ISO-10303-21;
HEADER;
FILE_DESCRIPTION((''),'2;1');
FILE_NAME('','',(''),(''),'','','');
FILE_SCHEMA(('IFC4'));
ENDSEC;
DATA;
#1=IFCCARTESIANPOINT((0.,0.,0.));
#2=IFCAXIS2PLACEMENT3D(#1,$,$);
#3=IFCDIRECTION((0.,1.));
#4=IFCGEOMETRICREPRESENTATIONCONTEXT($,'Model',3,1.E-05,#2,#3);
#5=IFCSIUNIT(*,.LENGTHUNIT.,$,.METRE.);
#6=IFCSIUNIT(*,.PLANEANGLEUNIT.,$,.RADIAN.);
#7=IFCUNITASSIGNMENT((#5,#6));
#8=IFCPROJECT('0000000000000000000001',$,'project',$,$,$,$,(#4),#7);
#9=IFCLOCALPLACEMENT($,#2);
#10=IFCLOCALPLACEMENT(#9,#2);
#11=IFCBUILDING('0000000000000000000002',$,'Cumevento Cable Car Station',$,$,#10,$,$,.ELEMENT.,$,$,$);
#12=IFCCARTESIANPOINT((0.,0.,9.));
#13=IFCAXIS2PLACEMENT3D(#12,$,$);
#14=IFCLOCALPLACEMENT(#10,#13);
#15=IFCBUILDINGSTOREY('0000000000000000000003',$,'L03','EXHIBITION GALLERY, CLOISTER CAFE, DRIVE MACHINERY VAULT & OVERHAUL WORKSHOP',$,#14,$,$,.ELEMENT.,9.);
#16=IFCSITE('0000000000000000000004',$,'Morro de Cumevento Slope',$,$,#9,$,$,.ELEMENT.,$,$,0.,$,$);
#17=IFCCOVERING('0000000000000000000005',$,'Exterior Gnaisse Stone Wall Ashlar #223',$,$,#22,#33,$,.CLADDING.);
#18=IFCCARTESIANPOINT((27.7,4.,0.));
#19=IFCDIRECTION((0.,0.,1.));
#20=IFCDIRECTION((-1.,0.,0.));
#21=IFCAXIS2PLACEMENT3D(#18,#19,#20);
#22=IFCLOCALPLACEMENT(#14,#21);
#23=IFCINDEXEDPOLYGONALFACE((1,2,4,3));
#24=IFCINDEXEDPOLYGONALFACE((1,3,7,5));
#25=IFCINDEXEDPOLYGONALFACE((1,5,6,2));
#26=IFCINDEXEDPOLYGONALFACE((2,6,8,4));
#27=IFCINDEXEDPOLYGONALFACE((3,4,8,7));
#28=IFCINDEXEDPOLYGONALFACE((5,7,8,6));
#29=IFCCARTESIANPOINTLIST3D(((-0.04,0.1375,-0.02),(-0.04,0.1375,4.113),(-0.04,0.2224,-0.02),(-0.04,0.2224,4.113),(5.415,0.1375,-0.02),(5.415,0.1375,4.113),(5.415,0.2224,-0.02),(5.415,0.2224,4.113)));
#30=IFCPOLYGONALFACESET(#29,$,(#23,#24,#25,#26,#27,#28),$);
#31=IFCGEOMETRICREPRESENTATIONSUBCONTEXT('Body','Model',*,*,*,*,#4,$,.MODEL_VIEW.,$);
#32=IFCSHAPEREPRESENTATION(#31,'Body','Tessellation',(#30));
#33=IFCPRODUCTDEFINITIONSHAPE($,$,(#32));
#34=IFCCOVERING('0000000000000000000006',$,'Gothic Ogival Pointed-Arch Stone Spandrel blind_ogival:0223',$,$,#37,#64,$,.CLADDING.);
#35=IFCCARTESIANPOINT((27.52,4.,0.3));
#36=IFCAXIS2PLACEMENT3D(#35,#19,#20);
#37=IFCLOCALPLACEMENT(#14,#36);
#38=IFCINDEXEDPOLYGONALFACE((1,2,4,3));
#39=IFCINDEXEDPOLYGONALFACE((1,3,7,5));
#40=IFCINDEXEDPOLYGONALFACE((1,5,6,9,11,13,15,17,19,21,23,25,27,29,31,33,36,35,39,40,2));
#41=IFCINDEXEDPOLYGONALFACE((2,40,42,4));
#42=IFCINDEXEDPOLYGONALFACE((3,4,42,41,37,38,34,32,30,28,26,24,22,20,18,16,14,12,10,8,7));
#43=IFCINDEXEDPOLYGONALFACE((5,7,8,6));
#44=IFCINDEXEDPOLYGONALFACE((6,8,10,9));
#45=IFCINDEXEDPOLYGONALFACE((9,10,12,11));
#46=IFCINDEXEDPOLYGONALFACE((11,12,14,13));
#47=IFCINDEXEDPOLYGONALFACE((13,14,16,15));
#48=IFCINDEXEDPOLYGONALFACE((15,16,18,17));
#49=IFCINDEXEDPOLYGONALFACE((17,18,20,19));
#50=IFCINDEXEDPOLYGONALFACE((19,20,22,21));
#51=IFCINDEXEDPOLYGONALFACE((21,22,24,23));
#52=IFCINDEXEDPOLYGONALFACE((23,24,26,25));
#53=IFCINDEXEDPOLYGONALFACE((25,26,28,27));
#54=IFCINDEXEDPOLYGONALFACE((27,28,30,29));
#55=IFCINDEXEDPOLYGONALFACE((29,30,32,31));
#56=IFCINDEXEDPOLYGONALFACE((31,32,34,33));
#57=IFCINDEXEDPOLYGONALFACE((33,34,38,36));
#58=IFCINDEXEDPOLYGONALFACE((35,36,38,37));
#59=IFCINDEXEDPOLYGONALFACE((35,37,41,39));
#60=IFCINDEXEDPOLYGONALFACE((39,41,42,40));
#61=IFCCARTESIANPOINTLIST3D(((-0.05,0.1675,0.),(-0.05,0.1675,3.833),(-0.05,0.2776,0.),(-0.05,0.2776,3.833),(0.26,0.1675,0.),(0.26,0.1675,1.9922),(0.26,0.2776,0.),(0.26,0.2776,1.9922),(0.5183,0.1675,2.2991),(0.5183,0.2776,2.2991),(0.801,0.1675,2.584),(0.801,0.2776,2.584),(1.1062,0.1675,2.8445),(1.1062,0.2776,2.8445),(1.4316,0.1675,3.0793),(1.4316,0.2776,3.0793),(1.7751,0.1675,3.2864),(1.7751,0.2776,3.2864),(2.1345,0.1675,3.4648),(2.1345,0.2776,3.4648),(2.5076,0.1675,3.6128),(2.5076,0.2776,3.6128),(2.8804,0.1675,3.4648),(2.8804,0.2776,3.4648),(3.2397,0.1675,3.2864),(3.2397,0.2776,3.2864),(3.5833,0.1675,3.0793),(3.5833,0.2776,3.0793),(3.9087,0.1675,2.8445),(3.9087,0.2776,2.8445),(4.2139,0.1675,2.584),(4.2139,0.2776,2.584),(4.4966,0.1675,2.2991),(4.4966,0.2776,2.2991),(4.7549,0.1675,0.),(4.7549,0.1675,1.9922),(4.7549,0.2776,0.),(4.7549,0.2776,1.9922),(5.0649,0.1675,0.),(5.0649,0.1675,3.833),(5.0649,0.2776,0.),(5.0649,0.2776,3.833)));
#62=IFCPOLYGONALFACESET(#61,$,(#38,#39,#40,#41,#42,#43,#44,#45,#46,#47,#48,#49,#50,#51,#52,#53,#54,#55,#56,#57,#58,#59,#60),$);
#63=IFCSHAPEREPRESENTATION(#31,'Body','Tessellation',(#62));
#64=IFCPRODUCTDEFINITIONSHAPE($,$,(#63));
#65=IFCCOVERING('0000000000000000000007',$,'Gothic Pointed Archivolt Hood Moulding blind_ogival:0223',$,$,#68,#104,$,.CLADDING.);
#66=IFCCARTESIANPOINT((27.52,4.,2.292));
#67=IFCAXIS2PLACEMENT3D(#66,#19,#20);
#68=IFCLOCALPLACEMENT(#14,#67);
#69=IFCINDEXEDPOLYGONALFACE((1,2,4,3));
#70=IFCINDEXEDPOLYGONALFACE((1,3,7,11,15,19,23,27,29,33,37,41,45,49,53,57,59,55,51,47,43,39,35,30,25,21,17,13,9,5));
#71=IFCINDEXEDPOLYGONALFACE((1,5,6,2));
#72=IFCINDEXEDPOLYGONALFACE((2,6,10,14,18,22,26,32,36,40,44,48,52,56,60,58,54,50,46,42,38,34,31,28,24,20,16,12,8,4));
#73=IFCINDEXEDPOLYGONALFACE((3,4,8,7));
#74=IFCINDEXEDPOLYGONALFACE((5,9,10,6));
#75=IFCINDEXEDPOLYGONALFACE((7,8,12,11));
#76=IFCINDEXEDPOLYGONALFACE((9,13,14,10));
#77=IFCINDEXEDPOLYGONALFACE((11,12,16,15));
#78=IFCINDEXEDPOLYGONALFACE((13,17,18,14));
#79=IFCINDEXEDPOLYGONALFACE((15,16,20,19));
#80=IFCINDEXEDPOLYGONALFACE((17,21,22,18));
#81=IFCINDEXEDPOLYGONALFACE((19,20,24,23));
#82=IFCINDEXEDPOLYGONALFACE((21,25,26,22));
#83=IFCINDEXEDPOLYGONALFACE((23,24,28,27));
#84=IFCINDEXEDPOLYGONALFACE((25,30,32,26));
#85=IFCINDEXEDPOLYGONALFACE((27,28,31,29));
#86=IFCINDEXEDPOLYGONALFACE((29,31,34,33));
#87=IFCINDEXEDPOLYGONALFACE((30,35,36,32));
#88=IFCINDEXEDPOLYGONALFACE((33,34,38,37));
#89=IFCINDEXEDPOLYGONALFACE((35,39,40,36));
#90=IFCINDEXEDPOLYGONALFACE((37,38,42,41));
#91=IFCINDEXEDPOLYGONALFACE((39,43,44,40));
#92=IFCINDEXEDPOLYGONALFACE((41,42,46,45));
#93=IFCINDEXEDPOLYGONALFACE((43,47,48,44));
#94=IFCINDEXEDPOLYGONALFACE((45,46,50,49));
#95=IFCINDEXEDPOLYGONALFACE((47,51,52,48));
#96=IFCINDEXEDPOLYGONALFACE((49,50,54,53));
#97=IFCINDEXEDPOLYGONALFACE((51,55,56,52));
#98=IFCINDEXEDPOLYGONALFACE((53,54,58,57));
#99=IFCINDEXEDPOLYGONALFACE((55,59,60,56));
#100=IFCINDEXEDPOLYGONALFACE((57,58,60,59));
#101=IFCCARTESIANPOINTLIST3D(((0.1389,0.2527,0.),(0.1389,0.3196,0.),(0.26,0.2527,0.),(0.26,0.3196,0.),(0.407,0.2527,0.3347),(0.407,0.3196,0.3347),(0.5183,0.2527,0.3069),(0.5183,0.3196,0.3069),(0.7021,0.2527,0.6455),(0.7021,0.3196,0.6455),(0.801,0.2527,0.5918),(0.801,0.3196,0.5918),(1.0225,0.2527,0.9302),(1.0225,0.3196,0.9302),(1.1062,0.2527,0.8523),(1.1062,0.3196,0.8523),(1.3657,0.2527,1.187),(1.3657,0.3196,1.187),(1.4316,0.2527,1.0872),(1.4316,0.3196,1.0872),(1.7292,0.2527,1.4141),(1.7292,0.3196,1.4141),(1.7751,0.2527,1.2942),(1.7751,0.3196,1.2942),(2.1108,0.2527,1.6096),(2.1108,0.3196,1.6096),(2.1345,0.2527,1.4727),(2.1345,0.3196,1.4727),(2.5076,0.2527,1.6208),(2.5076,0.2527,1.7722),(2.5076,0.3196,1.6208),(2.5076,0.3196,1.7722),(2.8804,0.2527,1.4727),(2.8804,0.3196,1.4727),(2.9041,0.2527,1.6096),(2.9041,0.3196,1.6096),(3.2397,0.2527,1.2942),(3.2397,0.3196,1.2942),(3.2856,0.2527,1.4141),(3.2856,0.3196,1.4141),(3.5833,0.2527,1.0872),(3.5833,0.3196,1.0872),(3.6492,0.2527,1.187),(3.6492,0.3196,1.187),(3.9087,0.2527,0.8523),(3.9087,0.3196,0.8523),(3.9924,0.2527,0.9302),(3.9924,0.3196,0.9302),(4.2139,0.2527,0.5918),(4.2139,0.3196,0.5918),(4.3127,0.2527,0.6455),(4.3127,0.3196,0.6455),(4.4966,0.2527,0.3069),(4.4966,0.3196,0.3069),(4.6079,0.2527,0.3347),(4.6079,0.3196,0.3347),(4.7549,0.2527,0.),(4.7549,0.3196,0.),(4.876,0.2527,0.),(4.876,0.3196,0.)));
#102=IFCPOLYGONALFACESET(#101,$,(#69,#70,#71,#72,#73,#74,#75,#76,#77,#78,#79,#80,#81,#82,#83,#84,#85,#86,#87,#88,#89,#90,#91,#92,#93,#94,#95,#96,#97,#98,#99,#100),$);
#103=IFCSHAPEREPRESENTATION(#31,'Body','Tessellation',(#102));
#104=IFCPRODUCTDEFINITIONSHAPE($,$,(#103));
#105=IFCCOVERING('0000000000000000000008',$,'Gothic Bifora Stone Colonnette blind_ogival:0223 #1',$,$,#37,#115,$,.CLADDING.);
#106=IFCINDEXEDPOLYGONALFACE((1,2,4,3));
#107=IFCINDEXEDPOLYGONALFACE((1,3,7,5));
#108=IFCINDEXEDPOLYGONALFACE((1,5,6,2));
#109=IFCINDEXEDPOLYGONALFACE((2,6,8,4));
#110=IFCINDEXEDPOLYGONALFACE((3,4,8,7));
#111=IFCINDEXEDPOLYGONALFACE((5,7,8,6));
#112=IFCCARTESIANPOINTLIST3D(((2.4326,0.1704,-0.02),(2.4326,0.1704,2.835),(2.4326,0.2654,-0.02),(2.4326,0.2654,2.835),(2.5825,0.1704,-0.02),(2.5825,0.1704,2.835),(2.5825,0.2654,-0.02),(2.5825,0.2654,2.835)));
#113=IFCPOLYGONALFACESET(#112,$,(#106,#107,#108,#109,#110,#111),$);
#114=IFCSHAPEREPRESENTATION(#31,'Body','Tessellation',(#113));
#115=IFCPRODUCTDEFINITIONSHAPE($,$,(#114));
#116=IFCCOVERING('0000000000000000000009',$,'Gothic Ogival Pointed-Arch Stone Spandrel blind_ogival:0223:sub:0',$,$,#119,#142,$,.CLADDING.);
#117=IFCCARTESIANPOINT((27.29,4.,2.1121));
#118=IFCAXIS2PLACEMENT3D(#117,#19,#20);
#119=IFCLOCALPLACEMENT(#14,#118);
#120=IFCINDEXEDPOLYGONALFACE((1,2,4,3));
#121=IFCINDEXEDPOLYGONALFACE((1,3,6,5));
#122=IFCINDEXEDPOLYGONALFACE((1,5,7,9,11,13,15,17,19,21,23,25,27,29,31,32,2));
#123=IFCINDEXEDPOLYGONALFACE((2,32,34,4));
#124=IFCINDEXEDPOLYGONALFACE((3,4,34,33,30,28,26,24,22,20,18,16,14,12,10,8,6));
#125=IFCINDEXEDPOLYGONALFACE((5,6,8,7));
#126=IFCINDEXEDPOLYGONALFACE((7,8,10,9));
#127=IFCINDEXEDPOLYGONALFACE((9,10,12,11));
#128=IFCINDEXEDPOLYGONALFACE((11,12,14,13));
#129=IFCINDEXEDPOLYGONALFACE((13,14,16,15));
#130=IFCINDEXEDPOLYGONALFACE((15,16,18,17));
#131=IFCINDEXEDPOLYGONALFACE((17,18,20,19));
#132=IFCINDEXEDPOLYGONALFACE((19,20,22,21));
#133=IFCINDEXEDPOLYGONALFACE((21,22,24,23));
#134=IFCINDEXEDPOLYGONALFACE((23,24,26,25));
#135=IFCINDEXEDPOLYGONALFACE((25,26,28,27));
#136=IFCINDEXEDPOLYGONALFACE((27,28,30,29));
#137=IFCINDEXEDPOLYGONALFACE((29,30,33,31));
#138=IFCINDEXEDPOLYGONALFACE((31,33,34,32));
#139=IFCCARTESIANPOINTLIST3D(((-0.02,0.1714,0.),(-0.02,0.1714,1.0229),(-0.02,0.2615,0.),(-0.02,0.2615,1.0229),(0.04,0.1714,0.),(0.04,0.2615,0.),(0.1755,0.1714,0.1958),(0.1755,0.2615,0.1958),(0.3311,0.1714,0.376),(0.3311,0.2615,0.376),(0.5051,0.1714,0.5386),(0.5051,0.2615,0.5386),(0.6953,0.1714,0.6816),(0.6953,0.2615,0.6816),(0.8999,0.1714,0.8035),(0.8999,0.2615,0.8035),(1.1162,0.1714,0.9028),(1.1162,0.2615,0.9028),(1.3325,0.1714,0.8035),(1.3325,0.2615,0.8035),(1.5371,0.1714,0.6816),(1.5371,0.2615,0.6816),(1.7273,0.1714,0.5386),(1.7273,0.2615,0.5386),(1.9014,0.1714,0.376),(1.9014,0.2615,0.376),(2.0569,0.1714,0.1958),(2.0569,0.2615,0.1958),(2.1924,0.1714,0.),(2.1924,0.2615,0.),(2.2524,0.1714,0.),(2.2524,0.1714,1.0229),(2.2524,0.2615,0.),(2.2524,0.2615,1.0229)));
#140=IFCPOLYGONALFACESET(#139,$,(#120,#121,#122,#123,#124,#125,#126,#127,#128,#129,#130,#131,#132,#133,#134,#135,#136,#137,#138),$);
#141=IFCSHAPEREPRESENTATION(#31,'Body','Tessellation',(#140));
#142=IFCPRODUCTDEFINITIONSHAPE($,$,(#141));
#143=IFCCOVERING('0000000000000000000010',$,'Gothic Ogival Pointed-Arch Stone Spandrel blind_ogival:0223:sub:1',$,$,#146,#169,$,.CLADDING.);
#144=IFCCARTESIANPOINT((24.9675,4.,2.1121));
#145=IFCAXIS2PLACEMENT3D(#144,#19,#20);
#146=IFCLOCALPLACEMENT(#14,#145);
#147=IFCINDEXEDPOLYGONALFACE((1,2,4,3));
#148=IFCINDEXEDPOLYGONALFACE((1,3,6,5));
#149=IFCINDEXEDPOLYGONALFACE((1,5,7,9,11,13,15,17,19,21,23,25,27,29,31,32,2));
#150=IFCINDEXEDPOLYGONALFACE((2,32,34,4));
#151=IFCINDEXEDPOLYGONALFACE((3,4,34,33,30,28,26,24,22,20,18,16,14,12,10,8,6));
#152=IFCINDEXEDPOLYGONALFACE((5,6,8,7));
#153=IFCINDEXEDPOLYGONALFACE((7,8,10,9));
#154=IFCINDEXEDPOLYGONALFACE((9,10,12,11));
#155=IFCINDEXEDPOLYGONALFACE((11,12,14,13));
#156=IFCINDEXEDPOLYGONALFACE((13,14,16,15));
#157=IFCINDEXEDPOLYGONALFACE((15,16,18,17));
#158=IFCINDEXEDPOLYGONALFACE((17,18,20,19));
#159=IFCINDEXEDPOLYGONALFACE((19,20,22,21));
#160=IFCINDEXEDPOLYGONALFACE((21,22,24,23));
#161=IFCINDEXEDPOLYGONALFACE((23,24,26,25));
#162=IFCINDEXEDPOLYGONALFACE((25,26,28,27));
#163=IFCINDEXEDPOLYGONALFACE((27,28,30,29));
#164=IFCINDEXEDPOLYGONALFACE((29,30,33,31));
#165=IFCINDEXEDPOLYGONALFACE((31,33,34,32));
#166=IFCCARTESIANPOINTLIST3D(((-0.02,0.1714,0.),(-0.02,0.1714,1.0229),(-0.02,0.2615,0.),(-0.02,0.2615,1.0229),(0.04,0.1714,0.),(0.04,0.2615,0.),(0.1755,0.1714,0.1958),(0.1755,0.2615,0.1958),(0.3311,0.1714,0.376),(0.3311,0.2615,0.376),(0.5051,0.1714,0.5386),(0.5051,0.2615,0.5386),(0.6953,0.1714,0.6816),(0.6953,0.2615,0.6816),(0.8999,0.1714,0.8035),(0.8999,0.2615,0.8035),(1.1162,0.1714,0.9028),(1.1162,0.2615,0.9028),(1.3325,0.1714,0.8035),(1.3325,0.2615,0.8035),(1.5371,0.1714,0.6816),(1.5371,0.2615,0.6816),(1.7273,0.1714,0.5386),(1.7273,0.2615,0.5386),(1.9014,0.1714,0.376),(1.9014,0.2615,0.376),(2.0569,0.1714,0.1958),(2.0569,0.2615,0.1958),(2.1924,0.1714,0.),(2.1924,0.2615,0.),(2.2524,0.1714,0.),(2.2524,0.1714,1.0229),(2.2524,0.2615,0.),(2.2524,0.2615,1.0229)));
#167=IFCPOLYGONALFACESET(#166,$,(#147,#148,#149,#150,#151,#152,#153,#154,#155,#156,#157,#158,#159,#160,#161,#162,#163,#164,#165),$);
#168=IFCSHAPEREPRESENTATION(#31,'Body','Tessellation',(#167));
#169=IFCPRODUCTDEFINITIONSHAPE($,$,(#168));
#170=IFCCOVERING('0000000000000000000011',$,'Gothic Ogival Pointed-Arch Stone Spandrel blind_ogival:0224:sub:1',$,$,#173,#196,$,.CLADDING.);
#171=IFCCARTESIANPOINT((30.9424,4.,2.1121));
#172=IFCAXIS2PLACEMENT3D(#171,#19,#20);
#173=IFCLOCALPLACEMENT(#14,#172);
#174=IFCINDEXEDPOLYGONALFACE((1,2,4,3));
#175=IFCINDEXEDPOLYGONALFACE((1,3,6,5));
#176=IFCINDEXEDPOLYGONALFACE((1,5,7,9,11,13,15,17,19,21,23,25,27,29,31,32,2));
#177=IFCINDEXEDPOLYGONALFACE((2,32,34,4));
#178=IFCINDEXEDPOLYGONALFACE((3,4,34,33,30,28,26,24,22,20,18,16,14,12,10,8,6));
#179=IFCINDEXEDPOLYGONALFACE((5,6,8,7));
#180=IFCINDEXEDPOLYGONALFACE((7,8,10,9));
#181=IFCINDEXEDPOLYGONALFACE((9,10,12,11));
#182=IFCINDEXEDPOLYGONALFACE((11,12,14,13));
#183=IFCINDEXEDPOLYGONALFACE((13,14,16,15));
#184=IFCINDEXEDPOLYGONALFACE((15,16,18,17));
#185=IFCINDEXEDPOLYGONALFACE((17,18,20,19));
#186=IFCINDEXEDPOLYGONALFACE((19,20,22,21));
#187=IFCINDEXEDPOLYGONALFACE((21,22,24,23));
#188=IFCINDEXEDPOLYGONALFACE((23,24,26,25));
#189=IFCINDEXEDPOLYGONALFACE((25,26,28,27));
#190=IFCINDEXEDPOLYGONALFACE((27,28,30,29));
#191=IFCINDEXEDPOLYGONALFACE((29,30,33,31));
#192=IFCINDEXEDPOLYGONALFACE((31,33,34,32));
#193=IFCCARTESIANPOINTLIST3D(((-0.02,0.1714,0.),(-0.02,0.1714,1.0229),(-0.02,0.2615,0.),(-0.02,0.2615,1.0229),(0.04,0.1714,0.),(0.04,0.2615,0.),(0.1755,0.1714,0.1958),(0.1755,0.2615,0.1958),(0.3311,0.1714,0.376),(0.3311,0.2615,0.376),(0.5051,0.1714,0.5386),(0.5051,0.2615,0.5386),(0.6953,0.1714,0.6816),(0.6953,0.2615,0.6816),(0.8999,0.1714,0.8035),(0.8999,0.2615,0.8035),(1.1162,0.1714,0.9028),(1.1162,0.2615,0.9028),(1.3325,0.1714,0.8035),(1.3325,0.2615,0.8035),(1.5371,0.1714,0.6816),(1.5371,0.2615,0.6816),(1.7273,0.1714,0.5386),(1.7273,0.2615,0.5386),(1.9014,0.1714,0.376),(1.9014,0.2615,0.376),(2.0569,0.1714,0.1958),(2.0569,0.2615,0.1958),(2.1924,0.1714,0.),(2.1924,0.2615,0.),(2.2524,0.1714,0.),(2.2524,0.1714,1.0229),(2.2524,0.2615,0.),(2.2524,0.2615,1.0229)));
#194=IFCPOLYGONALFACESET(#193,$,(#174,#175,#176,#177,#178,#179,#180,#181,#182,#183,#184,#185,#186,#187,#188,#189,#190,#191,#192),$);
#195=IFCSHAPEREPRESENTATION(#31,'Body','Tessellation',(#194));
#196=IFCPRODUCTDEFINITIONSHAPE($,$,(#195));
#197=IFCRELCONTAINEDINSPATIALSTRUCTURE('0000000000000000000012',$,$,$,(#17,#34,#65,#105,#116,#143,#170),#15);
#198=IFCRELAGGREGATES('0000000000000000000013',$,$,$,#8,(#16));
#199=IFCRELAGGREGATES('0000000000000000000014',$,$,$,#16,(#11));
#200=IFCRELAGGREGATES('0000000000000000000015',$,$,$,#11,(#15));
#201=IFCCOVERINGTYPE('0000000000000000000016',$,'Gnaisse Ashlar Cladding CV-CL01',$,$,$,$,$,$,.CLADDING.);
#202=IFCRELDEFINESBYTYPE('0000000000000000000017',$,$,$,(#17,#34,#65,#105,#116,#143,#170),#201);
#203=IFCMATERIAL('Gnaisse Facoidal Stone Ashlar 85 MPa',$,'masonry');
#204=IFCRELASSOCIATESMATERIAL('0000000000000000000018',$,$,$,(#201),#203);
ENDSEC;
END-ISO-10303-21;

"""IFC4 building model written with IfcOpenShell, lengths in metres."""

from ifc_helpers import new_model, si_unit, direction, frame, origin, place, context, subcontext, project, spatial, polyline, outline, extrude, material, type_object, element, save


model = new_model("IFC4")

# Units and contexts
model_context = context("Model", 3, precision=1e-05, world=origin(), true_north=direction((0.0, 1.0)))
body_context = subcontext(model_context, "Body", "Model", "MODEL_VIEW")
ifc_project = project(units=[si_unit("LENGTHUNIT", "METRE"), si_unit("PLANEANGLEUNIT", "RADIAN")], contexts=[model_context])

# Site, building, storey
site_placement = place(None, origin())
site = spatial("IfcSite", under=ifc_project, at=site_placement, Name="Morro de Cumevento Slope", CompositionType="ELEMENT", RefElevation=0.0)
building_placement = place(site_placement, origin())
building = spatial("IfcBuilding", under=site, at=building_placement, Name="Cumevento Cable Car Station", CompositionType="ELEMENT")
storey_placement = place(building_placement, frame((0.0, 0.0, 9.0)))
storey = spatial("IfcBuildingStorey", under=building, at=storey_placement, Name="L03", Description="EXHIBITION GALLERY, CLOISTER CAFE, DRIVE MACHINERY VAULT & OVERHAUL WORKSHOP", CompositionType="ELEMENT", Elevation=9.0)

# Coverings
ifc_material_1 = material(Name="Gnaisse Facoidal Stone Ashlar 85 MPa", Category="masonry")
covering_type = type_object("IfcCoveringType", Name="Gnaisse Ashlar Cladding CV-CL01", PredefinedType="CLADDING", material=ifc_material_1)
covering_1_placement = place(storey_placement, frame((27.7, 4.0, 0.0), z_axis=(0.0, 0.0, 1.0), x_axis=(-1.0, 0.0, 0.0)))
element("IfcCovering", 1, at=covering_1_placement, inside=storey, type_object=covering_type, Name="Exterior Gnaisse Stone Wall Ashlar #223", PredefinedType="CLADDING", context=body_context, shape_type="SweptSolid", body=[
    extrude(outline(polyline([(-0.04, -0.02), (5.415, -0.02), (5.415, 4.113), (-0.04, 4.113), (-0.04, -0.02)])), frame((0.0, 0.2224, 0.0), z_axis=(0.0, -1.0, 0.0), x_axis=(1.0, 0.0, 0.0)), (0.0, 0.0, 1.0), 0.085),
])
placement = place(storey_placement, frame((27.52, 4.0, 0.3), z_axis=(0.0, 0.0, 1.0), x_axis=(-1.0, 0.0, 0.0)))
element("IfcCovering", 2, at=placement, inside=storey, type_object=covering_type, Name="Gothic Ogival Pointed-Arch Stone Spandrel blind_ogival:0223", PredefinedType="CLADDING", context=body_context, shape_type="SweptSolid", body=[
    extrude(outline(polyline([(-0.05, 0.0), (-0.05, 3.833), (5.0649, 3.833), (5.0649, 0.0), (4.7549, 0.0), (4.7549, 1.9922), (4.4966, 2.2991), (4.2139, 2.584), (3.9087, 2.8445), (3.5833, 3.0793), (3.2397, 3.2864), (2.8804, 3.4648), (2.5076, 3.6128), (2.1345, 3.4648), (1.7751, 3.2864), (1.4316, 3.0793), (1.1062, 2.8445), (0.801, 2.584), (0.5183, 2.2991), (0.26, 1.9922), (0.26, 0.0), (-0.05, 0.0)])), frame((0.0, 0.2776, 0.0), z_axis=(0.0, -1.0, 0.0), x_axis=(1.0, 0.0, 0.0)), (0.0, 0.0, 1.0), 0.1101),
])
covering_2_placement = place(storey_placement, frame((27.52, 4.0, 2.292), z_axis=(0.0, 0.0, 1.0), x_axis=(-1.0, 0.0, 0.0)))
element("IfcCovering", 3, at=covering_2_placement, inside=storey, type_object=covering_type, Name="Gothic Pointed Archivolt Hood Moulding blind_ogival:0223", PredefinedType="CLADDING", context=body_context, shape_type="SweptSolid", body=[
    extrude(outline(polyline([(0.26, 0.0), (0.5183, 0.3069), (0.801, 0.5918), (1.1062, 0.8523), (1.4316, 1.0872), (1.7751, 1.2942), (2.1345, 1.4727), (2.5076, 1.6208), (2.8804, 1.4727), (3.2397, 1.2942), (3.5833, 1.0872), (3.9087, 0.8523), (4.2139, 0.5918), (4.4966, 0.3069), (4.7549, 0.0), (4.876, 0.0), (4.6079, 0.3347), (4.3127, 0.6455), (3.9924, 0.9302), (3.6492, 1.187), (3.2856, 1.4141), (2.9041, 1.6096), (2.5076, 1.7722), (2.1108, 1.6096), (1.7292, 1.4141), (1.3657, 1.187), (1.0225, 0.9302), (0.7021, 0.6455), (0.407, 0.3347), (0.1389, 0.0), (0.26, 0.0)])), frame((0.0, 0.3196, 0.0), z_axis=(0.0, -1.0, 0.0), x_axis=(1.0, 0.0, 0.0)), (0.0, 0.0, 1.0), 0.0669),
])
element("IfcCovering", 4, at=placement, inside=storey, type_object=covering_type, Name="Gothic Bifora Stone Colonnette blind_ogival:0223 #1", PredefinedType="CLADDING", context=body_context, shape_type="SweptSolid", body=[
    extrude(outline(polyline([(2.4326, -0.02), (2.5825, -0.02), (2.5825, 2.835), (2.4326, 2.835), (2.4326, -0.02)])), frame((0.0, 0.2654, 0.0), z_axis=(0.0, -1.0, 0.0), x_axis=(1.0, 0.0, 0.0)), (0.0, 0.0, 1.0), 0.095),
])
for number, where, z_axis, x_axis, name in (
    (5, (27.29, 4.0, 2.1121), (0.0, 0.0, 1.0), (-1.0, 0.0, 0.0), "Gothic Ogival Pointed-Arch Stone Spandrel blind_ogival:0223:sub:0"),
    (6, (24.9675, 4.0, 2.1121), (0.0, 0.0, 1.0), (-1.0, 0.0, 0.0), "Gothic Ogival Pointed-Arch Stone Spandrel blind_ogival:0223:sub:1"),
    (7, (30.9424, 4.0, 2.1121), (0.0, 0.0, 1.0), (-1.0, 0.0, 0.0), "Gothic Ogival Pointed-Arch Stone Spandrel blind_ogival:0224:sub:1"),
):
    element("IfcCovering", number, at=place(storey_placement, frame(where, z_axis=z_axis, x_axis=x_axis)), inside=storey, type_object=covering_type, Name=name, PredefinedType="CLADDING", context=body_context, shape_type="SweptSolid", body=[
        extrude(outline(polyline([(-0.02, 0.0), (-0.02, 1.0229), (2.2524, 1.0229), (2.2524, 0.0), (2.1924, 0.0), (2.0569, 0.1958), (1.9014, 0.376), (1.7273, 0.5386), (1.5371, 0.6816), (1.3325, 0.8035), (1.1162, 0.9028), (0.8999, 0.8035), (0.6953, 0.6816), (0.5051, 0.5386), (0.3311, 0.376), (0.1755, 0.1958), (0.04, 0.0), (-0.02, 0.0)])), frame((0.0, 0.2615, 0.0), z_axis=(0.0, -1.0, 0.0), x_axis=(1.0, 0.0, 0.0)), (0.0, 0.0, 1.0), 0.0901),
    ])

save(model, "model.ifc")
